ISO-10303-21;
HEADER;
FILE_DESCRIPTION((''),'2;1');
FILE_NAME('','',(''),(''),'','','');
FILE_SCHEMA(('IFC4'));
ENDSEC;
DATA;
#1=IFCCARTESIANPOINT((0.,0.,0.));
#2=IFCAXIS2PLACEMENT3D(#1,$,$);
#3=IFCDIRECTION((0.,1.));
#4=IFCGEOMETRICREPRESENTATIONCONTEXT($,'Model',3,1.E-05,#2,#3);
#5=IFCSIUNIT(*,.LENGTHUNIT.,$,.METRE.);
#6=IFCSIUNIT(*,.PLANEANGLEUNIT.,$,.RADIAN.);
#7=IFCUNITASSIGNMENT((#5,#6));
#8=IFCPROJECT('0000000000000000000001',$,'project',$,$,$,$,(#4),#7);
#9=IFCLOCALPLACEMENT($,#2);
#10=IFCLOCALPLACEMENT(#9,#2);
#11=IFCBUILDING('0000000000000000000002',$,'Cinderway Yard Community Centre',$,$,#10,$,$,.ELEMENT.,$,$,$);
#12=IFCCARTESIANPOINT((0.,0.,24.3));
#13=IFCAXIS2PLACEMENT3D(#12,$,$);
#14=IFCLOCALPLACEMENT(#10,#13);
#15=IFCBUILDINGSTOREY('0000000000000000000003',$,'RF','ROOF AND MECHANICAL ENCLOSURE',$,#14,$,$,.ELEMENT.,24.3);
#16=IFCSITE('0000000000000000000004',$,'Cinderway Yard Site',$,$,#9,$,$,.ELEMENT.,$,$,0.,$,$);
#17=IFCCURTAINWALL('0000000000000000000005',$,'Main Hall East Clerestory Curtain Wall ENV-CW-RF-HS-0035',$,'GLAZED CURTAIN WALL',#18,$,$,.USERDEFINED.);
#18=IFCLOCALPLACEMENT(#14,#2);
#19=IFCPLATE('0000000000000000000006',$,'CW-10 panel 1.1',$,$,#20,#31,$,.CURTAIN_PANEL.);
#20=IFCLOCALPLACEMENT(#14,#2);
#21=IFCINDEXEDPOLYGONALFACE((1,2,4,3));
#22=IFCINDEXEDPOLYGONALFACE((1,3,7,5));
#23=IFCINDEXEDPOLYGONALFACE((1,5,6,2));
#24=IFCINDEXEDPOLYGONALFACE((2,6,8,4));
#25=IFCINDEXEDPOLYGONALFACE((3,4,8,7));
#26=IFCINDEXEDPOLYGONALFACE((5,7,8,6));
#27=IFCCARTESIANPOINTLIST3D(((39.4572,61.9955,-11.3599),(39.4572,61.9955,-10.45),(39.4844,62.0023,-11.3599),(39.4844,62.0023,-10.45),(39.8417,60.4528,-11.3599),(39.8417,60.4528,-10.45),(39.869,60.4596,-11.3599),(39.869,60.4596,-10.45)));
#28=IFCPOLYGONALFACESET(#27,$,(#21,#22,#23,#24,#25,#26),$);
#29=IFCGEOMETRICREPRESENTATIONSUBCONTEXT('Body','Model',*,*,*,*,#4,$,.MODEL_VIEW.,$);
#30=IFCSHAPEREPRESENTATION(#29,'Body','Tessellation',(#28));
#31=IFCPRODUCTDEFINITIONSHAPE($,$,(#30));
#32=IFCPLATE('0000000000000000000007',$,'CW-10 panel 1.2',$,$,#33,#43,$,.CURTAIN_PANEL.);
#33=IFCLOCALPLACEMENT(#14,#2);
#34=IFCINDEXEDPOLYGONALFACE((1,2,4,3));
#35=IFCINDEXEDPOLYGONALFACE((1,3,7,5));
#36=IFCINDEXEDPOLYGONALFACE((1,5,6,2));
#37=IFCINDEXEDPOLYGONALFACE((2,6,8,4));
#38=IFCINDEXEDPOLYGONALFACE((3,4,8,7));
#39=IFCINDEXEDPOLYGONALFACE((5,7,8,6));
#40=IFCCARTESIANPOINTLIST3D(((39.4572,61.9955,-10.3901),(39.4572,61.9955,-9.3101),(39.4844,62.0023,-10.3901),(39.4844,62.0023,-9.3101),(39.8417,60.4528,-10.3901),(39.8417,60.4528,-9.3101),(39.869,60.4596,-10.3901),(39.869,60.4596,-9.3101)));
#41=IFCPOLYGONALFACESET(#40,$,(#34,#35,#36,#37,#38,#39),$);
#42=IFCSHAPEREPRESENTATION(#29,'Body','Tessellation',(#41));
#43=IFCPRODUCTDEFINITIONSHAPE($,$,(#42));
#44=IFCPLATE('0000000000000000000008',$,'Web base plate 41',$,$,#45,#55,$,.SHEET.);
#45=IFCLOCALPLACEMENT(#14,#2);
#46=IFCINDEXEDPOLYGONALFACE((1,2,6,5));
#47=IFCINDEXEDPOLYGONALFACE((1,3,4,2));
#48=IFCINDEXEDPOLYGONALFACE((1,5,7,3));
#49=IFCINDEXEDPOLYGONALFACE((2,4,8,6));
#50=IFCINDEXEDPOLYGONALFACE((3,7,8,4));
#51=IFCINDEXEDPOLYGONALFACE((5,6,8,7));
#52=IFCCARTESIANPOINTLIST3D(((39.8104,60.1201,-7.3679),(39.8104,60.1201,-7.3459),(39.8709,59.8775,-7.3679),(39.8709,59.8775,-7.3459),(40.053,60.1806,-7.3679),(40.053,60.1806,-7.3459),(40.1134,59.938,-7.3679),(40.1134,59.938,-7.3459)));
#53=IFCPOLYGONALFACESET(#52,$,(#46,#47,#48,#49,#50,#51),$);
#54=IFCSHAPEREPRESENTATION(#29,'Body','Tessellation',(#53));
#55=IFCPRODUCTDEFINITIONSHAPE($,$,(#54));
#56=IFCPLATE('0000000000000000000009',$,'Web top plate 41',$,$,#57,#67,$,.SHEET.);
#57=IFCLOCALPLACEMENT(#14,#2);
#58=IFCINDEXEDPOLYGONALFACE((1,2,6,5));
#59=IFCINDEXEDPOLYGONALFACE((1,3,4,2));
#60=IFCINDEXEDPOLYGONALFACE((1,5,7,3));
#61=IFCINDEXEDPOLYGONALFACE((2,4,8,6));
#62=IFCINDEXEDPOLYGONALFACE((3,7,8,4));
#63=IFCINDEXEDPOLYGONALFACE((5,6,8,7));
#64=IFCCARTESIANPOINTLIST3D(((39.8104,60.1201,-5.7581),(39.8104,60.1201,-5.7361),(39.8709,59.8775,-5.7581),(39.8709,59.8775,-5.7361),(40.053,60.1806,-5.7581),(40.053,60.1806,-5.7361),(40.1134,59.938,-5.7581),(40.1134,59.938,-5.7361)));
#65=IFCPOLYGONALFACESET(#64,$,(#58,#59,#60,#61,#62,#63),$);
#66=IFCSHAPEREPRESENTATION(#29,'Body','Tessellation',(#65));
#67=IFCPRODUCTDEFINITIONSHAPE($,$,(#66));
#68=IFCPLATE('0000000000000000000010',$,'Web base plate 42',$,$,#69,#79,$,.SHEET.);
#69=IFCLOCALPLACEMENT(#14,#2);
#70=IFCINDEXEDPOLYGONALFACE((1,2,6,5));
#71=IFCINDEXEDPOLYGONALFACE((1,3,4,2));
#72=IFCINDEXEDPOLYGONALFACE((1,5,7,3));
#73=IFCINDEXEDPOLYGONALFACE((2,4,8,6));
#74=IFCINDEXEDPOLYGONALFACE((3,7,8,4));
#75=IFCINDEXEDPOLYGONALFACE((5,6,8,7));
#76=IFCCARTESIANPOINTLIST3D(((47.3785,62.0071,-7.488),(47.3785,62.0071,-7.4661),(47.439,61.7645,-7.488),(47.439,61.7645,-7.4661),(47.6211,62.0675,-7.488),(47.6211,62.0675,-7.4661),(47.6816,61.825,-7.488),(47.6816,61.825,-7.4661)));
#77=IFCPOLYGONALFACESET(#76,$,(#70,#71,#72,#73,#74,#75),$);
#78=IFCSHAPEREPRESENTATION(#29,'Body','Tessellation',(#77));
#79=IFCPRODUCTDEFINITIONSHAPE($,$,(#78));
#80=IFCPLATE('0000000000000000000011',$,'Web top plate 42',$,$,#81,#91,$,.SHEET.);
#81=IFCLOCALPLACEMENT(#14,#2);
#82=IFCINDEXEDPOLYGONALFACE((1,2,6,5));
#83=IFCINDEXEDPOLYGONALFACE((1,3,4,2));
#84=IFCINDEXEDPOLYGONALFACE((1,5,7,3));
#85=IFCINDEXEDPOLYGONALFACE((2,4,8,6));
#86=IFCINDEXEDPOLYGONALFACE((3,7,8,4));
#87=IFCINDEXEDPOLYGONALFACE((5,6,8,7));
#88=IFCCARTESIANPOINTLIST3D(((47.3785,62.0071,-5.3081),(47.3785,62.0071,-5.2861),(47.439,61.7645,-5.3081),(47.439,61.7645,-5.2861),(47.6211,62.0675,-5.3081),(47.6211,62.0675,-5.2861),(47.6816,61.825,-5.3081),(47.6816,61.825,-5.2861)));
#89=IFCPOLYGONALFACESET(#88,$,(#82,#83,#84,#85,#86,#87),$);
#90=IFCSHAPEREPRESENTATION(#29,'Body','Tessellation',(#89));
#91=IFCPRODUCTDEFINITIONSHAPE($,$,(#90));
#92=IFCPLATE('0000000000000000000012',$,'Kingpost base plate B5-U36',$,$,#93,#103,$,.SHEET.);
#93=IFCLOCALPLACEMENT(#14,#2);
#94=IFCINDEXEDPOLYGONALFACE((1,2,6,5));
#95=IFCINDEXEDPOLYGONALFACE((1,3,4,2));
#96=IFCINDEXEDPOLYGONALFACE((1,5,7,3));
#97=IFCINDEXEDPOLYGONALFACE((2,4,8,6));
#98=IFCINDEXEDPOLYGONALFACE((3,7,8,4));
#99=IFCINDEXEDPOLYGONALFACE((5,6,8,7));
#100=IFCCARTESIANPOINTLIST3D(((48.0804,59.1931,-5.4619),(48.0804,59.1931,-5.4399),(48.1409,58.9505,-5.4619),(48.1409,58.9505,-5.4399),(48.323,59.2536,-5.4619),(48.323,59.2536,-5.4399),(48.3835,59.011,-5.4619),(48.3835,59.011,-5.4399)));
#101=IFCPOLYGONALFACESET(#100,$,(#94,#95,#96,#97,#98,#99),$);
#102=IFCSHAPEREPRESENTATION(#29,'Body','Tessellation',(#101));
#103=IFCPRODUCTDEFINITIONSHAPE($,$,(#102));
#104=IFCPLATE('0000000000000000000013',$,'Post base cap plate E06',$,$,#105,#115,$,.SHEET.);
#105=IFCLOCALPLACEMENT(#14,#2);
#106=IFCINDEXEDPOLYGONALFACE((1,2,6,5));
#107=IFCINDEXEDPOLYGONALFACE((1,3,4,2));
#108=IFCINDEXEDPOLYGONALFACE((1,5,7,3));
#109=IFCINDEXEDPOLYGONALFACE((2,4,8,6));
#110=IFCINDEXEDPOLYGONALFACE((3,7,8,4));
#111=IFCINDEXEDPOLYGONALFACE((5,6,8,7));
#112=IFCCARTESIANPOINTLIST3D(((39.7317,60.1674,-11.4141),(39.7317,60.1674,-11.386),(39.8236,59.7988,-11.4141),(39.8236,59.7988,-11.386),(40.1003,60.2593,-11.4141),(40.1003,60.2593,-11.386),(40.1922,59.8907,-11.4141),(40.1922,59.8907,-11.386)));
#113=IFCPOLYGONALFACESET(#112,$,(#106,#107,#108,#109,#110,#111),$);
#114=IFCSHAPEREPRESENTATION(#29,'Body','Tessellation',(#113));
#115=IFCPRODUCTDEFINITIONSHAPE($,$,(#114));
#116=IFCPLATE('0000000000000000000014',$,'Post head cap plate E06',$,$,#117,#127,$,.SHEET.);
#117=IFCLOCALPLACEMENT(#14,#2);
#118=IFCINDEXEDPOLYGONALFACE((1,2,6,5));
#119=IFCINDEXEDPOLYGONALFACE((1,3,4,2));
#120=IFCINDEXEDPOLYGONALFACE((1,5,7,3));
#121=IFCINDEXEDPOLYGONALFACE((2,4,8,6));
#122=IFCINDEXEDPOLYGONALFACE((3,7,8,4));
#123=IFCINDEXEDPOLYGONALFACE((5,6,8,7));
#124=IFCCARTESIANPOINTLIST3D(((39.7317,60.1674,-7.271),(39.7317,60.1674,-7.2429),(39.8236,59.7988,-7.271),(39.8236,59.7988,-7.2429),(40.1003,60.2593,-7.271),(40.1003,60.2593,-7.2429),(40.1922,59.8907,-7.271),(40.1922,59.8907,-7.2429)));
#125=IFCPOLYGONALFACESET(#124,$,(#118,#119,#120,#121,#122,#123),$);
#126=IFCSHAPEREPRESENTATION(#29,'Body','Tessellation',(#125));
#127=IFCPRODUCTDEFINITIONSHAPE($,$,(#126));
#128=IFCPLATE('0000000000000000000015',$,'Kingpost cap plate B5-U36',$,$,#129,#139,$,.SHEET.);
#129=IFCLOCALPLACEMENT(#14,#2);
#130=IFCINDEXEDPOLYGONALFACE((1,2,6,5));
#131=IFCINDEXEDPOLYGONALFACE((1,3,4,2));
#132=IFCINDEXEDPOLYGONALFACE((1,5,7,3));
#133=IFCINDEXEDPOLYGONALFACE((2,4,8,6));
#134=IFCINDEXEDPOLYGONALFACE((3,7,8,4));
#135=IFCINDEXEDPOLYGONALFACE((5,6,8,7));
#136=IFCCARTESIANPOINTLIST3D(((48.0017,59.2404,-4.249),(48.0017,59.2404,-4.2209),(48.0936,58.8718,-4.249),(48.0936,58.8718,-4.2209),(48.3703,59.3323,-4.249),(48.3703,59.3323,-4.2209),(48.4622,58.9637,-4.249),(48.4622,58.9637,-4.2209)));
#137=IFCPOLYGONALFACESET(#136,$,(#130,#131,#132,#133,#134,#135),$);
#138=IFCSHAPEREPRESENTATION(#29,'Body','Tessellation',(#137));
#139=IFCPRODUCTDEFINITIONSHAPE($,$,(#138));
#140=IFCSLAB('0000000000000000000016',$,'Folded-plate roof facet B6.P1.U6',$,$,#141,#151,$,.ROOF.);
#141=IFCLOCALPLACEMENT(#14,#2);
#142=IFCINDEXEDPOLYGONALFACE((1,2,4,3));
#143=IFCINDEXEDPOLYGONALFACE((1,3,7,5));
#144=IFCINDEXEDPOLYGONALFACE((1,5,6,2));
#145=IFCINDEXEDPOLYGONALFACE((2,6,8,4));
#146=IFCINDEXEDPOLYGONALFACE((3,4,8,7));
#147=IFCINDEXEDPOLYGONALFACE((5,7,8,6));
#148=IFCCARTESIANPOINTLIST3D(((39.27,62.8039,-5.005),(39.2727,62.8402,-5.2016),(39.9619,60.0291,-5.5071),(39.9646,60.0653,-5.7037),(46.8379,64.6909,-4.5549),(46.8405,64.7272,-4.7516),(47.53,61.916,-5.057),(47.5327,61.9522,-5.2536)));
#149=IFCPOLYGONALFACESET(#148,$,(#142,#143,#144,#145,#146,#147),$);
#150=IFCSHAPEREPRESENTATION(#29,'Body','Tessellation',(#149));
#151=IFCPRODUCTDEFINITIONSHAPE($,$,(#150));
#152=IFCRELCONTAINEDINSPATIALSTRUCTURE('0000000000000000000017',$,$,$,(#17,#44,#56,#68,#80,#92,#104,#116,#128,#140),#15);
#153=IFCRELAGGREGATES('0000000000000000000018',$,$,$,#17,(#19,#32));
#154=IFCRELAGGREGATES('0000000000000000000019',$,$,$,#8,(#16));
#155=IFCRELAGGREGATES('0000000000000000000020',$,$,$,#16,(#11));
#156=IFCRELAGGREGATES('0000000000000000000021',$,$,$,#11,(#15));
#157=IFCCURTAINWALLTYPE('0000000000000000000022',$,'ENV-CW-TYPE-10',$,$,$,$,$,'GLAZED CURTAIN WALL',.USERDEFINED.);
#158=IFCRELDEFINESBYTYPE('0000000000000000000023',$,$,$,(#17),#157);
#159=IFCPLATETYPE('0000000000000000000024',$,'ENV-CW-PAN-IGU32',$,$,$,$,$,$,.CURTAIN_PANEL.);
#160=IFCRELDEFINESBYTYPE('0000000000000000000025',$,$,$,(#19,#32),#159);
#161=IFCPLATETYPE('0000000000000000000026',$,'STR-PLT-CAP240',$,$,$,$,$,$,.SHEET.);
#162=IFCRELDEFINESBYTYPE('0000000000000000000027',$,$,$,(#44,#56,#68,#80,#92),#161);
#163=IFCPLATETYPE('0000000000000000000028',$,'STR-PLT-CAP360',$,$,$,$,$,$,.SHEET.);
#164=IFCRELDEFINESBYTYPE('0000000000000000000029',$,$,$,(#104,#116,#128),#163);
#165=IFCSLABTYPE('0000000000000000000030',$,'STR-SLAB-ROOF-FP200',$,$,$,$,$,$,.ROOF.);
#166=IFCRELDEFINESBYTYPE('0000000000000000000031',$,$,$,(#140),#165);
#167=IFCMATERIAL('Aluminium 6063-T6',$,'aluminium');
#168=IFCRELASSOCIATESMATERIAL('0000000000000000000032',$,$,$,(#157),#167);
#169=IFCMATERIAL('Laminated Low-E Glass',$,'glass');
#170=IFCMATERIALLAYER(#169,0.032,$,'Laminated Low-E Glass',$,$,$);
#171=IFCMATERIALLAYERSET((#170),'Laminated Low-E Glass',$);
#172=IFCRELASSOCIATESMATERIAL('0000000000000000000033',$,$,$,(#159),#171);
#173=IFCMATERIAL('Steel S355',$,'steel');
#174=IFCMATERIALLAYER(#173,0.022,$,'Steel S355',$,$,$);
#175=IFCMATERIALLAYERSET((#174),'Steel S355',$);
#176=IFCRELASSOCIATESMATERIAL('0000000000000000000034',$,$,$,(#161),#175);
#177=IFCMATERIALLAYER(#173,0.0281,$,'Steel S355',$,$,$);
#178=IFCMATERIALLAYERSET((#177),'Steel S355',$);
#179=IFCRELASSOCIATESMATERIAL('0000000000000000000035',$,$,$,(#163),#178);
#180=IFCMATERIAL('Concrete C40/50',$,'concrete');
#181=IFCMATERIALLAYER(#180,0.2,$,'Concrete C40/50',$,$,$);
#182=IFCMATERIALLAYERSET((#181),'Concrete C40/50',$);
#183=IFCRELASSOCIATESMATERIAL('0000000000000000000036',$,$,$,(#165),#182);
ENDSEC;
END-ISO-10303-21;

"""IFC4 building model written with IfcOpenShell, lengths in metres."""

from ifc_helpers import new_model, si_unit, direction, frame, origin, origin_2d, place, context, subcontext, project, spatial, polyline, rectangle, outline, extrude, material, layer, layer_set, type_object, element, aggregate, save


model = new_model("IFC4")

# Units and contexts
model_context = context("Model", 3, precision=1e-05, world=origin(), true_north=direction((0.0, 1.0)))
body_context = subcontext(model_context, "Body", "Model", "MODEL_VIEW")
ifc_project = project(units=[si_unit("LENGTHUNIT", "METRE"), si_unit("PLANEANGLEUNIT", "RADIAN")], contexts=[model_context])

# Site, building, storey
site_placement = place(None, origin())
site = spatial("IfcSite", under=ifc_project, at=site_placement, Name="Cinderway Yard Site", CompositionType="ELEMENT", RefElevation=0.0)
building_placement = place(site_placement, origin())
building = spatial("IfcBuilding", under=site, at=building_placement, Name="Cinderway Yard Community Centre", CompositionType="ELEMENT")
storey_placement = place(building_placement, frame((0.0, 0.0, 24.3)))
storey = spatial("IfcBuildingStorey", under=building, at=storey_placement, Name="RF", Description="ROOF AND MECHANICAL ENCLOSURE", CompositionType="ELEMENT", Elevation=24.3)

# Shared definitions
ifc_material_1 = material(Name="Steel S355", Category="steel")

# Shared definitions
ifc_material_2 = material(Name="Aluminium 6063-T6", Category="aluminium")
curtain_wall_type = type_object("IfcCurtainWallType", Name="ENV-CW-TYPE-10", ElementType="GLAZED CURTAIN WALL", PredefinedType="USERDEFINED", material=ifc_material_2)

# Curtain wall
curtain_wall_1_placement = place(storey_placement, origin())
curtain_wall_1 = element("IfcCurtainWall", 1, at=curtain_wall_1_placement, inside=storey, type_object=curtain_wall_type, Name="Main Hall East Clerestory Curtain Wall ENV-CW-RF-HS-0035", ObjectType="GLAZED CURTAIN WALL", PredefinedType="USERDEFINED")

# Shared definitions
ifc_material_3 = material(Name="Concrete C40/50", Category="concrete")

# Plates
ifc_material_4 = material(Name="Laminated Low-E Glass", Category="glass")
ifc_layer_1 = layer(ifc_material_4, 0.032, Name="Laminated Low-E Glass")
ifc_layer_set_1 = layer_set([ifc_layer_1], Name="Laminated Low-E Glass")
plate_type_1 = type_object("IfcPlateType", Name="ENV-CW-PAN-IGU32", PredefinedType="CURTAIN_PANEL", material=ifc_layer_set_1)
plate_1_placement = place(storey_placement, frame((39.6631, 61.2275, -11.3599), z_axis=(0.0, 0.0, 1.0), x_axis=(-0.241882, 0.970306, 0.0)))
plate_1 = element("IfcPlate", 2, at=plate_1_placement, type_object=plate_type_1, Name="CW-10 panel 1.1", PredefinedType="CURTAIN_PANEL", context=body_context, shape_type="SweptSolid", body=[
    extrude(rectangle(XDim=1.5898, YDim=0.0281, at=origin_2d()), origin(), (0.0, 0.0, 1.0), 0.9099),
])
plate_2_placement = place(storey_placement, frame((39.6631, 61.2275, -10.3901), z_axis=(0.0, 0.0, 1.0), x_axis=(-0.241882, 0.970306, 0.0)))
plate_2 = element("IfcPlate", 3, at=plate_2_placement, type_object=plate_type_1, Name="CW-10 panel 1.2", PredefinedType="CURTAIN_PANEL", context=body_context, shape_type="SweptSolid", body=[
    extrude(rectangle(XDim=1.5898, YDim=0.0281, at=origin_2d()), origin(), (0.0, 0.0, 1.0), 1.0801),
])
aggregate(curtain_wall_1, [plate_1, plate_2])

# Plates
ifc_layer_2 = layer(ifc_material_1, 0.022, Name="Steel S355")
ifc_layer_set_2 = layer_set([ifc_layer_2], Name="Steel S355")
plate_type_2 = type_object("IfcPlateType", Name="STR-PLT-CAP240", PredefinedType="SHEET", material=ifc_layer_set_2)
for number, where, z_axis, x_axis, name in (
    (4, (39.9619, 60.0291, -7.3679), (0.0, 0.0, 1.0), (0.970296, 0.241922, 0.0), "Web base plate 41"),
    (5, (39.9619, 60.0291, -5.7581), (0.0, 0.0, 1.0), (0.970296, 0.241922, 0.0), "Web top plate 41"),
    (6, (47.53, 61.916, -7.488), (0.0, 0.0, 1.0), (0.970296, 0.241922, 0.0), "Web base plate 42"),
    (7, (47.53, 61.916, -5.3081), (0.0, 0.0, 1.0), (0.970296, 0.241922, 0.0), "Web top plate 42"),
    (8, (48.2319, 59.1021, -5.4619), (0.0, 0.0, 1.0), (0.970296, 0.241922, 0.0), "Kingpost base plate B5-U36"),
):
    element("IfcPlate", number, at=place(storey_placement, frame(where, z_axis=z_axis, x_axis=x_axis)), inside=storey, type_object=plate_type_2, Name=name, PredefinedType="SHEET", context=body_context, shape_type="SweptSolid", body=[
        extrude(rectangle(XDim=0.25, YDim=0.25, at=origin_2d()), origin(), (0.0, 0.0, 1.0), 0.022),
    ])
ifc_layer_3 = layer(ifc_material_1, 0.0281, Name="Steel S355")
ifc_layer_set_3 = layer_set([ifc_layer_3], Name="Steel S355")
plate_type_3 = type_object("IfcPlateType", Name="STR-PLT-CAP360", PredefinedType="SHEET", material=ifc_layer_set_3)
for number, where, z_axis, x_axis, name in (
    (9, (39.9619, 60.0291, -11.4141), (0.0, 0.0, 1.0), (0.970296, 0.241922, 0.0), "Post base cap plate E06"),
    (10, (39.9619, 60.0291, -7.271), (0.0, 0.0, 1.0), (0.970296, 0.241922, 0.0), "Post head cap plate E06"),
    (11, (48.2319, 59.1021, -4.249), (0.0, 0.0, 1.0), (0.970296, 0.241922, 0.0), "Kingpost cap plate B5-U36"),
):
    element("IfcPlate", number, at=place(storey_placement, frame(where, z_axis=z_axis, x_axis=x_axis)), inside=storey, type_object=plate_type_3, Name=name, PredefinedType="SHEET", context=body_context, shape_type="SweptSolid", body=[
        extrude(rectangle(XDim=0.3799, YDim=0.3799, at=origin_2d()), origin(), (0.0, 0.0, 1.0), 0.0281),
    ])

# Slab
ifc_layer_4 = layer(ifc_material_3, 0.2, Name="Concrete C40/50")
ifc_layer_set_4 = layer_set([ifc_layer_4], Name="Concrete C40/50")
slab_type = type_object("IfcSlabType", Name="STR-SLAB-ROOF-FP200", PredefinedType="ROOF", material=ifc_layer_set_4)
slab_placement = place(storey_placement, frame((39.9619, 60.0291, -5.5071), z_axis=(-0.013292, -0.181237, 0.98335), x_axis=(0.968684, 0.24152, 0.057607)))
element("IfcSlab", 12, at=slab_placement, inside=storey, type_object=slab_type, Name="Folded-plate roof facet B6.P1.U6", PredefinedType="ROOF", context=body_context, shape_type="SweptSolid", body=[
    extrude(outline(polyline([(0.0, 0.0), (7.8128, 0.0), (7.8414, 2.9035), (0.0289, 2.9034), (0.0, 0.0)])), origin(), (0.0, 0.0, -1.0), 0.2),
])

save(model, "model.ifc")
